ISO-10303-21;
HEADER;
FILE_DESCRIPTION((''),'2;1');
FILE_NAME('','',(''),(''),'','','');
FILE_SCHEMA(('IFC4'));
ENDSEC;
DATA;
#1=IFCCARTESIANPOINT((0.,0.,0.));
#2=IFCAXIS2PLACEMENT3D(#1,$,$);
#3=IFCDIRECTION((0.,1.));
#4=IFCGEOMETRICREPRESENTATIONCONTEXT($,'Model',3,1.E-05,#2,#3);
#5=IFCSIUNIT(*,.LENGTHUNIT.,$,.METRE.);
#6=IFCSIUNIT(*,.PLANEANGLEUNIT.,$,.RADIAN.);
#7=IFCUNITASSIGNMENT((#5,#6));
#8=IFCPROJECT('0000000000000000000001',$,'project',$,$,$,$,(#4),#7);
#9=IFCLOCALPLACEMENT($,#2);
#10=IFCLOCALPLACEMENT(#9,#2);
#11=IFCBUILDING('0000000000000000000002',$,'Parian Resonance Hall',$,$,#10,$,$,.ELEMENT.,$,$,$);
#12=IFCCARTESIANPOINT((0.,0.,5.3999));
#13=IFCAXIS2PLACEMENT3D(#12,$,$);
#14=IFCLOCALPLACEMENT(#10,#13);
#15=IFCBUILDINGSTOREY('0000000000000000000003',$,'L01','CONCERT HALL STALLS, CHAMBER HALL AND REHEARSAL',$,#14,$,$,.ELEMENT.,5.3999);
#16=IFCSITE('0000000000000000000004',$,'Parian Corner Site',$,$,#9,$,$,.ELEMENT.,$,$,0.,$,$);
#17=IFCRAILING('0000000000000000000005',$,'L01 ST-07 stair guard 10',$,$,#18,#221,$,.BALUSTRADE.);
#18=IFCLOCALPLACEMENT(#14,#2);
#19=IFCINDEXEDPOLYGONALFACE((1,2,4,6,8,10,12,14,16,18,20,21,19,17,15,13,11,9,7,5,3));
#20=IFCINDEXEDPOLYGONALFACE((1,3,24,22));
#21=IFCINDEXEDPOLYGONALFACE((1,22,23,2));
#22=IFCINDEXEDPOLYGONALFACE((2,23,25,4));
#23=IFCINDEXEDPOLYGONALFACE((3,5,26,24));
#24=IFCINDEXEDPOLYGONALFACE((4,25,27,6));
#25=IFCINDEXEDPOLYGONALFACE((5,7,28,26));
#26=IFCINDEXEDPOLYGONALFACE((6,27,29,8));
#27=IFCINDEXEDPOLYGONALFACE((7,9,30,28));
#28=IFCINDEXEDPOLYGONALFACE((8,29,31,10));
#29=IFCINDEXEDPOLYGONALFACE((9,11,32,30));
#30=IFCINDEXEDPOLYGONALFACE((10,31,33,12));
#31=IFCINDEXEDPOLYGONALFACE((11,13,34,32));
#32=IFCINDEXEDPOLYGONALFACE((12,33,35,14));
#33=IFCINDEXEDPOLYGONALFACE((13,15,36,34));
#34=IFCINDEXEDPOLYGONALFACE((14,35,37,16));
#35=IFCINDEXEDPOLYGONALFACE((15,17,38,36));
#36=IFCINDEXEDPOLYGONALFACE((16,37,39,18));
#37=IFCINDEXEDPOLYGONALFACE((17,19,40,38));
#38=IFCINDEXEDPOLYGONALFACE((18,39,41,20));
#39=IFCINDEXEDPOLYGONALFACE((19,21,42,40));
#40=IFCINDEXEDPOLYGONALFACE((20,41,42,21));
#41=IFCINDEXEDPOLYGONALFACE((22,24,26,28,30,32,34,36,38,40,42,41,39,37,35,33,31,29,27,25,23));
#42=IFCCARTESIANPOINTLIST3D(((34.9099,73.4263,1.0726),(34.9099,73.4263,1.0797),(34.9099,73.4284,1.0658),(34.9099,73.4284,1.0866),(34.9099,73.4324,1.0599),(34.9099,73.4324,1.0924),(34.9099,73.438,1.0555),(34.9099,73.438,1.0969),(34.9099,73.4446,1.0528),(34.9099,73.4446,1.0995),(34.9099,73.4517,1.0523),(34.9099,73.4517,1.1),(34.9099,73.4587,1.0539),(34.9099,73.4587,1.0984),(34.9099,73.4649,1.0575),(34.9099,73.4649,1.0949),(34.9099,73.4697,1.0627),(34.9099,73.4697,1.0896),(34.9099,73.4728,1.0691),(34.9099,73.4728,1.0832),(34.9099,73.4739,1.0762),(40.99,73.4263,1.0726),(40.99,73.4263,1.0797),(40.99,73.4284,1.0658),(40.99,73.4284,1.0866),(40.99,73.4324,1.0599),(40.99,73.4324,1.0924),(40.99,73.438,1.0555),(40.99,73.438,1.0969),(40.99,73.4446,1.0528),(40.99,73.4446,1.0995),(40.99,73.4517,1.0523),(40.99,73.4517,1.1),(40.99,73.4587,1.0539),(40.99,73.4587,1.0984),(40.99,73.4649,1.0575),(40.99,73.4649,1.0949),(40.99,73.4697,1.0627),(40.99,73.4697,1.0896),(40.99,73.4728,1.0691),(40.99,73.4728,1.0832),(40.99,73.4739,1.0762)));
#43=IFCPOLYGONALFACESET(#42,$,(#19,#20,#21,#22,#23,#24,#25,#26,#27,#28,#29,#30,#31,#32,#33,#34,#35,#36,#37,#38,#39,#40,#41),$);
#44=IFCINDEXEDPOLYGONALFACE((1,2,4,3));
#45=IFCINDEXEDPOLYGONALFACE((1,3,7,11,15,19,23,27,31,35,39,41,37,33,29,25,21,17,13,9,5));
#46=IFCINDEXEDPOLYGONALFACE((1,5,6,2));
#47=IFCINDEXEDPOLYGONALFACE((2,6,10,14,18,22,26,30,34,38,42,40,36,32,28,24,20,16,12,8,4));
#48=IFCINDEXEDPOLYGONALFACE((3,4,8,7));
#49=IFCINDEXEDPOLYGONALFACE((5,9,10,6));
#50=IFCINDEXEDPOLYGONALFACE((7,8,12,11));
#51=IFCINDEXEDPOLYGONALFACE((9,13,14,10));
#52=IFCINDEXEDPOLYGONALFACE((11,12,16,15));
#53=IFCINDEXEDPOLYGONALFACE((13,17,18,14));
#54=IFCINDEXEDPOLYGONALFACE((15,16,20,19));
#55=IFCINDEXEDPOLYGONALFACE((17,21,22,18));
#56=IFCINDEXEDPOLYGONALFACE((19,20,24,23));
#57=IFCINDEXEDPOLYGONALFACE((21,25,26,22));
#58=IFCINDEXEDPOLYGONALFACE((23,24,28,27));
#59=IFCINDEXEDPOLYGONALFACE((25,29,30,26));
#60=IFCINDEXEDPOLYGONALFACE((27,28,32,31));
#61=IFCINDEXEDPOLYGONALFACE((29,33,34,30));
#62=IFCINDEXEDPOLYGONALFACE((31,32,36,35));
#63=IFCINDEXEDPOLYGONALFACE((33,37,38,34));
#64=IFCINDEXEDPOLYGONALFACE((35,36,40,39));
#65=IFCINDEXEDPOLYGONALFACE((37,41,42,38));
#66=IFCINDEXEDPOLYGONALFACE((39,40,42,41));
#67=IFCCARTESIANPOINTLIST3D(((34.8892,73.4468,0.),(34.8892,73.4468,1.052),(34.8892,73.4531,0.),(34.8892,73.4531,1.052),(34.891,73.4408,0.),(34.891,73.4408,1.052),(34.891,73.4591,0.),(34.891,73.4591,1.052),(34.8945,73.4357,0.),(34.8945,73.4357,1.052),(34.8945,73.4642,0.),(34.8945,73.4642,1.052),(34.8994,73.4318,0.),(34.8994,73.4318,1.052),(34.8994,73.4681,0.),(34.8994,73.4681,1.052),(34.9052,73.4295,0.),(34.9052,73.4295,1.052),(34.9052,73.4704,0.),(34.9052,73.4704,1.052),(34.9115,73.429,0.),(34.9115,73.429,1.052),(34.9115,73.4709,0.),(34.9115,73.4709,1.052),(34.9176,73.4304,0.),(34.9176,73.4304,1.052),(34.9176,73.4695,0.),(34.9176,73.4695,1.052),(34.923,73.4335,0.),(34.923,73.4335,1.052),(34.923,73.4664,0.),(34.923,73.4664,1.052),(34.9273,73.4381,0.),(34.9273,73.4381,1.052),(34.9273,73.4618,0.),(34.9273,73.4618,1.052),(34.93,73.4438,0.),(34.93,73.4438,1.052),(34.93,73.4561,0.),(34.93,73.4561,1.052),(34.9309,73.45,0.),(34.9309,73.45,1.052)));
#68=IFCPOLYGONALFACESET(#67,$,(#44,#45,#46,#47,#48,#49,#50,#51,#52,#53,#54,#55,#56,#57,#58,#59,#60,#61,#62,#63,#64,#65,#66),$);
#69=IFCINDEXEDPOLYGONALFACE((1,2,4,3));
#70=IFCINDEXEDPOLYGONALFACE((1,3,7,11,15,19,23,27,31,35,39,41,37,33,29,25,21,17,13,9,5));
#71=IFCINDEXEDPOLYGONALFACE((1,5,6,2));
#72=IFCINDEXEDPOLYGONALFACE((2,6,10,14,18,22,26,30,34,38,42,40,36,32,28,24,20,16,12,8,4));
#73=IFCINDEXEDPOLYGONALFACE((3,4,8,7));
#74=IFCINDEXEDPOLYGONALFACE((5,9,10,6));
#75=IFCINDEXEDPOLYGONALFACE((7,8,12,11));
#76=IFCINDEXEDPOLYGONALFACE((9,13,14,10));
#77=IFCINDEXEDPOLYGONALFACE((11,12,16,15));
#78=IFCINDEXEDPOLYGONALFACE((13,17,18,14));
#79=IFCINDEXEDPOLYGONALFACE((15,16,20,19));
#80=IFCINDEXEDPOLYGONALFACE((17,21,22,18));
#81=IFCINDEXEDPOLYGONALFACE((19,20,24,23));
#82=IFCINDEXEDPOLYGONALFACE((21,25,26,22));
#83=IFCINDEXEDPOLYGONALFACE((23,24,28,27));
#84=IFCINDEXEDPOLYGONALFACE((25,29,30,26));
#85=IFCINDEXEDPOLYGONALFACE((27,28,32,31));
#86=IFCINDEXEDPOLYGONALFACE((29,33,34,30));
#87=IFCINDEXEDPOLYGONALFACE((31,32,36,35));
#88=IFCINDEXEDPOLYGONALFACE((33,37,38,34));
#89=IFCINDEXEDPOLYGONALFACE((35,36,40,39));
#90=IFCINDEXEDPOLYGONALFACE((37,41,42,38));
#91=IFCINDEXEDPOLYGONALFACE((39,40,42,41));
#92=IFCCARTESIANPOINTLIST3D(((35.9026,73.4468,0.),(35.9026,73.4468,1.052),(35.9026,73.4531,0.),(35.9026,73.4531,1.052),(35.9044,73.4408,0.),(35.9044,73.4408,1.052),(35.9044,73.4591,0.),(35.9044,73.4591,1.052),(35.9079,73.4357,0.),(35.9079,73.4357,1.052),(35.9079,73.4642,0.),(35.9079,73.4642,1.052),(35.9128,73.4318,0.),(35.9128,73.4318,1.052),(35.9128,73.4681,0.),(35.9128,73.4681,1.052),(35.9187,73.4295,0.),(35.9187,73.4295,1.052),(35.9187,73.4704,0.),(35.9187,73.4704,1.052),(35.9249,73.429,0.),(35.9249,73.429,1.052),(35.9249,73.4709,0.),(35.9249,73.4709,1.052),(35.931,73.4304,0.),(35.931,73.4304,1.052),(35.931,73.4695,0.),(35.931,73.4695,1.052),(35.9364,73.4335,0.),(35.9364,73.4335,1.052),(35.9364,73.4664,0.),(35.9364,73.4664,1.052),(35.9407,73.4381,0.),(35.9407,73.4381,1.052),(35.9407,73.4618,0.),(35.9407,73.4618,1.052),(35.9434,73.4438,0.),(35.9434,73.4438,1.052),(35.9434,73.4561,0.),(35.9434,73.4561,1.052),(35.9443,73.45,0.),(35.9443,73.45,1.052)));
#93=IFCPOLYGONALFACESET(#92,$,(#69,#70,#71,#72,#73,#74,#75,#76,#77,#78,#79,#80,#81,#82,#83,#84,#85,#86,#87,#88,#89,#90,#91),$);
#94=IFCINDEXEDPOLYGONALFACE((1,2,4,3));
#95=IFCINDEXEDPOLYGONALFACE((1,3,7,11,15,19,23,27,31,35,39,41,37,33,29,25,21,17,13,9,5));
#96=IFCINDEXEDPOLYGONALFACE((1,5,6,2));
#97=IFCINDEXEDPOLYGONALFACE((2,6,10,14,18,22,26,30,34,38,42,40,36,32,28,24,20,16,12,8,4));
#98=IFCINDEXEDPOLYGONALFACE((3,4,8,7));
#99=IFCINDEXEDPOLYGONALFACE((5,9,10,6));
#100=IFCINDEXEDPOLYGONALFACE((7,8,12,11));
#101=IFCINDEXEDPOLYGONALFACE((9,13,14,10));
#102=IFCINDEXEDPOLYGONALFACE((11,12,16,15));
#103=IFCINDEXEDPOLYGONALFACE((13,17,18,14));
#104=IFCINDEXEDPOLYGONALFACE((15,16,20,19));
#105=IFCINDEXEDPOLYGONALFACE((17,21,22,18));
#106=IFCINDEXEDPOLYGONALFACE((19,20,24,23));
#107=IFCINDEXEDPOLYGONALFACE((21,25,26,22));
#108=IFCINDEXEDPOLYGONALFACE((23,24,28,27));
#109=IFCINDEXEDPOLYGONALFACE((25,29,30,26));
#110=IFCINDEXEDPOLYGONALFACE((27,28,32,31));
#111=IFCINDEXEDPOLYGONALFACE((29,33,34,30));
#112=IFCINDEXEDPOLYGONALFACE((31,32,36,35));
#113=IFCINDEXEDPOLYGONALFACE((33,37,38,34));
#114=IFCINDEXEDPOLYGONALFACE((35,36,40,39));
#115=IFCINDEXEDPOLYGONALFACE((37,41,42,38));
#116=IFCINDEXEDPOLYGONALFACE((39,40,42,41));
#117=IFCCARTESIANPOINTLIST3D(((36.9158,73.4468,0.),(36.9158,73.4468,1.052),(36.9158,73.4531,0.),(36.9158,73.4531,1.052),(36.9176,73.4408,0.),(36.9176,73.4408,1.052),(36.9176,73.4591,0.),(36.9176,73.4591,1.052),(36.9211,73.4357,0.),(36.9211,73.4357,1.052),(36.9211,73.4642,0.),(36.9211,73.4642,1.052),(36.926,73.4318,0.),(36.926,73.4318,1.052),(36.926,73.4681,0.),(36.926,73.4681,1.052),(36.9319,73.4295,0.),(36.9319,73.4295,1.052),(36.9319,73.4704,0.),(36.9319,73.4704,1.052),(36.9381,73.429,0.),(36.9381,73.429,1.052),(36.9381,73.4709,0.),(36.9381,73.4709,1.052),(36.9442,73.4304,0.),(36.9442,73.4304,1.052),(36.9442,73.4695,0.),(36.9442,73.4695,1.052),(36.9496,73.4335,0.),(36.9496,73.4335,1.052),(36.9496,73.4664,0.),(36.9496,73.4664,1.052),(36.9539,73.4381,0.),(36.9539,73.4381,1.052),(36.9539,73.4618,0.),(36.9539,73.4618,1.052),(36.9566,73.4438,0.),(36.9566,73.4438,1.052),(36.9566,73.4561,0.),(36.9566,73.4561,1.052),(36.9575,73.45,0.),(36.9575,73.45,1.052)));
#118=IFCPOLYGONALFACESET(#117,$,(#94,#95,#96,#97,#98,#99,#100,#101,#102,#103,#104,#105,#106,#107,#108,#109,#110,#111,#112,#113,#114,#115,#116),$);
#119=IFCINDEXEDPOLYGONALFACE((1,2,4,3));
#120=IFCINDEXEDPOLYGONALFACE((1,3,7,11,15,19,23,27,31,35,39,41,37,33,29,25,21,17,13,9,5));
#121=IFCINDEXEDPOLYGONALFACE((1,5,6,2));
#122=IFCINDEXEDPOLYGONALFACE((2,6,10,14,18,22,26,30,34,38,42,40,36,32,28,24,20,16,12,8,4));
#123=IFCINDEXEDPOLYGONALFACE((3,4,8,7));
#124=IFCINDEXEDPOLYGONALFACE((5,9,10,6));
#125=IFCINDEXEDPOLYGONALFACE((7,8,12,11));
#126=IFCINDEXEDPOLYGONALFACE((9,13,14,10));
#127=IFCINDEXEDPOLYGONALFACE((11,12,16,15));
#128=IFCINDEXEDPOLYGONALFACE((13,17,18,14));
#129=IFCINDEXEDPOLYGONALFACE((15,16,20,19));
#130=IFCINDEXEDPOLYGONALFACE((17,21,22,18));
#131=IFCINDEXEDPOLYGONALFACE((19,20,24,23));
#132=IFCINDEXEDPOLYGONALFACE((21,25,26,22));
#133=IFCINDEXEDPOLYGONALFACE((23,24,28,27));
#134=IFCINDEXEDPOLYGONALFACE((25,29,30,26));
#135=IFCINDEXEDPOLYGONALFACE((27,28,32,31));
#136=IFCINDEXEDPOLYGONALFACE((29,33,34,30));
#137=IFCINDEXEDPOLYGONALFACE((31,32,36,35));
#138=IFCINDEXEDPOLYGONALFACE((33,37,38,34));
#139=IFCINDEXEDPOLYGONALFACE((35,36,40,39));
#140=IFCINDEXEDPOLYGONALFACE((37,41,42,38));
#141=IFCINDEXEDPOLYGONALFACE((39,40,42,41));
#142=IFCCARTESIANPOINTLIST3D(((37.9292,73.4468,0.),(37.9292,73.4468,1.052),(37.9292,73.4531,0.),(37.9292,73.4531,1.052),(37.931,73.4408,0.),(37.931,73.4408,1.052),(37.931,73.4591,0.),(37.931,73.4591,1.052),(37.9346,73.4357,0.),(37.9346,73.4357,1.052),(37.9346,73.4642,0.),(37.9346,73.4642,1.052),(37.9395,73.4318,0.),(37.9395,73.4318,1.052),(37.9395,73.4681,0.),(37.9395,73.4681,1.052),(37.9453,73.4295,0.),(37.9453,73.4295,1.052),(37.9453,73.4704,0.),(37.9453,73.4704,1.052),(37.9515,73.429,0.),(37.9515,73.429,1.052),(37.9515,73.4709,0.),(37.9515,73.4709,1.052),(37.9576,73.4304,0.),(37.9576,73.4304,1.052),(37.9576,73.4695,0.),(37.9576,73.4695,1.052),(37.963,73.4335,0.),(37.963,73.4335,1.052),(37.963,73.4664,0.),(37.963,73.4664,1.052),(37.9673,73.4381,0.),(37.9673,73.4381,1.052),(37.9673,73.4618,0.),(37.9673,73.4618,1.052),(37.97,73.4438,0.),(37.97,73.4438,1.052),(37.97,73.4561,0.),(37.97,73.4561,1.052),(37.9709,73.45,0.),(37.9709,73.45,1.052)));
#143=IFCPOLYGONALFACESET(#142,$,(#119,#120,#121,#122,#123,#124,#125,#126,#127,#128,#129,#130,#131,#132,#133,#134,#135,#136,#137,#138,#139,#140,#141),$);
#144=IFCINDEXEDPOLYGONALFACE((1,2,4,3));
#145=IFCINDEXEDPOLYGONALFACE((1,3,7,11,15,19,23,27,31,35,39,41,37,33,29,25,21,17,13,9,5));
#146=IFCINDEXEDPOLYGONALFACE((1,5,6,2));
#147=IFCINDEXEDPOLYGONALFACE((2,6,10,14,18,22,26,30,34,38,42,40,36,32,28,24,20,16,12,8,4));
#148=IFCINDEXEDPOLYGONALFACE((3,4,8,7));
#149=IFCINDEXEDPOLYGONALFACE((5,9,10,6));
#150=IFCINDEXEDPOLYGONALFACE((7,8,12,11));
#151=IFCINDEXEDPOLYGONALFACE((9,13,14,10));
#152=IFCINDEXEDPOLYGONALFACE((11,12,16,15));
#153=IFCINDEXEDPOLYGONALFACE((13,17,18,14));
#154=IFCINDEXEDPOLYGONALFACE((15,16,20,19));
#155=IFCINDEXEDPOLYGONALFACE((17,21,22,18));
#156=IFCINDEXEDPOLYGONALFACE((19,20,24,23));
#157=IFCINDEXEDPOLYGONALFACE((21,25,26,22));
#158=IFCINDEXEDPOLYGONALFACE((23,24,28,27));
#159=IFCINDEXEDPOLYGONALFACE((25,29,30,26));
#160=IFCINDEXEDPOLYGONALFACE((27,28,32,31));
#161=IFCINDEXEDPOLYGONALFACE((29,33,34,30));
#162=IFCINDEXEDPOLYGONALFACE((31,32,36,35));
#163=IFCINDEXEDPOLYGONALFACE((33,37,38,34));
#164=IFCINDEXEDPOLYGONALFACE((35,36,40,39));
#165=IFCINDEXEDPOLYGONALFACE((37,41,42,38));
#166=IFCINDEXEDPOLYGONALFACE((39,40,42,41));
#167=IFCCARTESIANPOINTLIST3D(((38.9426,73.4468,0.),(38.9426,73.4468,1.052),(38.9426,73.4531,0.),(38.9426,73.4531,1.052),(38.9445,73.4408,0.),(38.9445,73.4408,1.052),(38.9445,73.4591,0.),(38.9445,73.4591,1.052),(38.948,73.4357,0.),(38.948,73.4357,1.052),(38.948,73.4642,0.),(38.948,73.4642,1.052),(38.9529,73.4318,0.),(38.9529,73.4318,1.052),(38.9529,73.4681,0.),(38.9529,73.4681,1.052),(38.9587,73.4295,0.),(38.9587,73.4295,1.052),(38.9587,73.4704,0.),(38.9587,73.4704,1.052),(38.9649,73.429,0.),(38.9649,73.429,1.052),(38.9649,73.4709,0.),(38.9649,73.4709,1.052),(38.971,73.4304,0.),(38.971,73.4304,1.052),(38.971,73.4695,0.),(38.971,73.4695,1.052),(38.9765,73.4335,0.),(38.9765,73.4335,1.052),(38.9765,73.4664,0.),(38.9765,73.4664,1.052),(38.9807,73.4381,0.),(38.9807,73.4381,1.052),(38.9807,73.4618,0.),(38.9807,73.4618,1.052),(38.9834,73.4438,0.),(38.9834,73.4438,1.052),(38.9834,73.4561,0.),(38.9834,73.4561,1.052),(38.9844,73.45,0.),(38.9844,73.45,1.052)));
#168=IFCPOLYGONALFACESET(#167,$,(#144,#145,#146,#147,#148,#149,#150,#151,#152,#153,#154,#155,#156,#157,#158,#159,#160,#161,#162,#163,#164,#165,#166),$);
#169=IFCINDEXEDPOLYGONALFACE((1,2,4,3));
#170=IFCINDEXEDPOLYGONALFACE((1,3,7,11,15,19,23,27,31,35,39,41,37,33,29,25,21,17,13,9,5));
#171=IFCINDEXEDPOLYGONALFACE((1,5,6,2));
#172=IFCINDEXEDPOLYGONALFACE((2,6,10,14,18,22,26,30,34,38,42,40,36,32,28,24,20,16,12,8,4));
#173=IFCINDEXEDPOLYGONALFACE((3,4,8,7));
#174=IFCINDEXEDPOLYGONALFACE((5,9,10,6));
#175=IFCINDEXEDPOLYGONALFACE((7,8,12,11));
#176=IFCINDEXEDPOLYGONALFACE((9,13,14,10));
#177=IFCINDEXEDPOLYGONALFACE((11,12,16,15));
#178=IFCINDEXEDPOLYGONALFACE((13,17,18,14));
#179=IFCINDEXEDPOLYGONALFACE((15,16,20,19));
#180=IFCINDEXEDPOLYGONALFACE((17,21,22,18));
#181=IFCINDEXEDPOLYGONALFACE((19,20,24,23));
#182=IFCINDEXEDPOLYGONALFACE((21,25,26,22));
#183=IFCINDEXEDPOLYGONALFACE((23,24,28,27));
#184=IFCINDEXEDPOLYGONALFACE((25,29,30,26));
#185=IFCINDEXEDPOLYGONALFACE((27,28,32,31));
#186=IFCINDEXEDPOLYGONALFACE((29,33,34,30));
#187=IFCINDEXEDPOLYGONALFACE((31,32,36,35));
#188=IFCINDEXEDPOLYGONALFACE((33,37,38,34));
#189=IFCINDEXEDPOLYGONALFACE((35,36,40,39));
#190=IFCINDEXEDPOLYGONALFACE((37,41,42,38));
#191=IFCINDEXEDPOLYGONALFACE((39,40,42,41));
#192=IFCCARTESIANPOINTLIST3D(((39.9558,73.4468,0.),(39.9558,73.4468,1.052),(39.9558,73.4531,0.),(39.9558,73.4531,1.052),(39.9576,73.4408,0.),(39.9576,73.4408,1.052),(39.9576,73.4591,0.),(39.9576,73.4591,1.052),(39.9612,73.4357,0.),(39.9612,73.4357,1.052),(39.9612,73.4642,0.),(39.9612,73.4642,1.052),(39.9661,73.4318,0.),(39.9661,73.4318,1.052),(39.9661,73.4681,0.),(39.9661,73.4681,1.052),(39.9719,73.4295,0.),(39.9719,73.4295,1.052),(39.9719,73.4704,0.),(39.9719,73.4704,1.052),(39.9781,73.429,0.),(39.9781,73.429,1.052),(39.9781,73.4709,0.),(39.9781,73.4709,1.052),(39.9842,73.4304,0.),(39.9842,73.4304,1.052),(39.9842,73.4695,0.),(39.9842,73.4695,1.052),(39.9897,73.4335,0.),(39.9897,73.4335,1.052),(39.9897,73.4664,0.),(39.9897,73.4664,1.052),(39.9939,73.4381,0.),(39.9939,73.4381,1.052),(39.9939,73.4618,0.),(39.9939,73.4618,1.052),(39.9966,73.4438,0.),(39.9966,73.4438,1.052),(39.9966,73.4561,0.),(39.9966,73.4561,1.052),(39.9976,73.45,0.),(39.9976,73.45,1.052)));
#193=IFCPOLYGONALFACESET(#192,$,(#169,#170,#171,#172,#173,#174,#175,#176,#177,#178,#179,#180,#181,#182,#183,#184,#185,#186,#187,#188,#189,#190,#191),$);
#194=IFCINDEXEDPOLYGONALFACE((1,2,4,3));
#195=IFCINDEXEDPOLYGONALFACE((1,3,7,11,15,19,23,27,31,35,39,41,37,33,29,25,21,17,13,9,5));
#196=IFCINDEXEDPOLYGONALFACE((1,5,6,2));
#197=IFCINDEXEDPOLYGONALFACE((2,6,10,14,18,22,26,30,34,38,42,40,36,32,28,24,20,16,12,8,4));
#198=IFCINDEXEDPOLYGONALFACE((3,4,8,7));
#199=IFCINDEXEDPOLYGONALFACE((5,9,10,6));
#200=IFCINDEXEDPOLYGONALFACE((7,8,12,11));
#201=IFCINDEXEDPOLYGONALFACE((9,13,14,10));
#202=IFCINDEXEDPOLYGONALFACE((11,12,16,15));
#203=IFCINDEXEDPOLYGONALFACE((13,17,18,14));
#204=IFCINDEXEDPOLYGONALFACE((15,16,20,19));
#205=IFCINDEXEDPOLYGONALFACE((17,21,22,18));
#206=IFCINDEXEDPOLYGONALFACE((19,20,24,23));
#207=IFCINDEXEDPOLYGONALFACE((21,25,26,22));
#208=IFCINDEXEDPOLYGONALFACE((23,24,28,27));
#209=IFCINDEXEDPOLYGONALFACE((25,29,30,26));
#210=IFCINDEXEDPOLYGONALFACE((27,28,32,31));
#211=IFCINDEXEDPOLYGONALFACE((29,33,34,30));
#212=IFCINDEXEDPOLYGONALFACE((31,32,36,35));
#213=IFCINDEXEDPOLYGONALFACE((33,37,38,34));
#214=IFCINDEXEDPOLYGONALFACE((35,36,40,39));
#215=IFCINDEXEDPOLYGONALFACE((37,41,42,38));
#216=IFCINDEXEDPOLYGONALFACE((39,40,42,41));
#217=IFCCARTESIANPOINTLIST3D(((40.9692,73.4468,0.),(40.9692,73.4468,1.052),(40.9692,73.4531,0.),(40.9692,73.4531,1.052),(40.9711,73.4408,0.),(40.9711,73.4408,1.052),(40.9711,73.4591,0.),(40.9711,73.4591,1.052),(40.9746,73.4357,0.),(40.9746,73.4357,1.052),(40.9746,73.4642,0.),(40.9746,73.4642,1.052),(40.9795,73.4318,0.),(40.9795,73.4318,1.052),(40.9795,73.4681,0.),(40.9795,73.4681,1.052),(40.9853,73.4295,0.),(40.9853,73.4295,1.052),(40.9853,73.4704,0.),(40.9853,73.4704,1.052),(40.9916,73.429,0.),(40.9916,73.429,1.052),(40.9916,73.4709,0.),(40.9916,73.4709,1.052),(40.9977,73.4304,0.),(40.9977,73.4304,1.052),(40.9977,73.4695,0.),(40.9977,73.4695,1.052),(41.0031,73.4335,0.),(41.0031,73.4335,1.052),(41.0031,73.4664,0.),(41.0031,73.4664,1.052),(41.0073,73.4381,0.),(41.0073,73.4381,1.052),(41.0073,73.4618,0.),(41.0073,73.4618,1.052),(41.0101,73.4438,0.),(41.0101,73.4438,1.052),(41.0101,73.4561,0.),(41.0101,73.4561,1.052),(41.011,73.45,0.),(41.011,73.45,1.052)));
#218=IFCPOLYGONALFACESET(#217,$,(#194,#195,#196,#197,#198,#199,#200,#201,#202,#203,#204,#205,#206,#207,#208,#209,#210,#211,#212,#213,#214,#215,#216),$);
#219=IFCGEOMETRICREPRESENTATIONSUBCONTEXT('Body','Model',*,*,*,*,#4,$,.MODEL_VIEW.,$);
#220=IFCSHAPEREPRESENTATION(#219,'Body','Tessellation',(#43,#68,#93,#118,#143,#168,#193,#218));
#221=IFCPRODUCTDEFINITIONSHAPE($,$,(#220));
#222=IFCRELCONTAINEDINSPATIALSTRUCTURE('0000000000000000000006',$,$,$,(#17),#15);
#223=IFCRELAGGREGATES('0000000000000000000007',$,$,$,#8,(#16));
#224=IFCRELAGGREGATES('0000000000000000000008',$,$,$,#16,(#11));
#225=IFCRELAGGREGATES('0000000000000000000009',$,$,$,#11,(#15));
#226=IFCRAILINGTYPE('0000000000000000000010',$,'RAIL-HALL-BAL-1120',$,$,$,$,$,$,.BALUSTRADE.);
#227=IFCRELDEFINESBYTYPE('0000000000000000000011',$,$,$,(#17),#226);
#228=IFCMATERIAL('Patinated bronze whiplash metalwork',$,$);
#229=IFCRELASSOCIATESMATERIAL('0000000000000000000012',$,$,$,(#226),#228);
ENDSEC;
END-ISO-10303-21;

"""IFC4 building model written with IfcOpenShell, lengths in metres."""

from ifc_helpers import new_model, si_unit, direction, frame, origin, origin_2d, place, context, subcontext, project, spatial, circle, extrude, material, type_object, element, save


model = new_model("IFC4")

# Units and contexts
model_context = context("Model", 3, precision=1e-05, world=origin(), true_north=direction((0.0, 1.0)))
body_context = subcontext(model_context, "Body", "Model", "MODEL_VIEW")
ifc_project = project(units=[si_unit("LENGTHUNIT", "METRE"), si_unit("PLANEANGLEUNIT", "RADIAN")], contexts=[model_context])

# Site, building, storey
site_placement = place(None, origin())
site = spatial("IfcSite", under=ifc_project, at=site_placement, Name="Parian Corner Site", CompositionType="ELEMENT", RefElevation=0.0)
building_placement = place(site_placement, origin())
building = spatial("IfcBuilding", under=site, at=building_placement, Name="Parian Resonance Hall", CompositionType="ELEMENT")
storey_placement = place(building_placement, frame((0.0, 0.0, 5.3999)))
storey = spatial("IfcBuildingStorey", under=building, at=storey_placement, Name="L01", Description="CONCERT HALL STALLS, CHAMBER HALL AND REHEARSAL", CompositionType="ELEMENT", Elevation=5.3999)

# Railing
ifc_material_1 = material(Name="Patinated bronze whiplash metalwork")
railing_type_1 = type_object("IfcRailingType", Name="RAIL-HALL-BAL-1120", PredefinedType="BALUSTRADE", material=ifc_material_1)
railing_1_placement = place(storey_placement, frame((34.9099, 73.45, 0.0)))
element("IfcRailing", 1, at=railing_1_placement, inside=storey, type_object=railing_type_1, Name="L01 ST-07 stair guard 10", PredefinedType="BALUSTRADE", context=body_context, shape_type="SweptSolid", body=[
    extrude(circle(Radius=0.0239, at=origin_2d()), frame((0.0, 0.0, 1.0762), z_axis=(1.0, 0.0, 0.0), x_axis=(0.0, 1.0, 0.0)), (0.0, 0.0, 1.0), 6.0801),
    extrude(circle(Radius=0.021, at=origin_2d()), origin(), (0.0, 0.0, 1.0), 1.052),
    extrude(circle(Radius=0.021, at=origin_2d()), frame((1.0134, 0.0, 0.0)), (0.0, 0.0, 1.0), 1.052),
    extrude(circle(Radius=0.021, at=origin_2d()), frame((2.0266, 0.0, 0.0)), (0.0, 0.0, 1.0), 1.052),
    extrude(circle(Radius=0.021, at=origin_2d()), frame((3.04, 0.0, 0.0)), (0.0, 0.0, 1.0), 1.052),
    extrude(circle(Radius=0.021, at=origin_2d()), frame((4.0535, 0.0, 0.0)), (0.0, 0.0, 1.0), 1.052),
    extrude(circle(Radius=0.021, at=origin_2d()), frame((5.0667, 0.0, 0.0)), (0.0, 0.0, 1.0), 1.052),
    extrude(circle(Radius=0.021, at=origin_2d()), frame((6.0801, 0.0, 0.0)), (0.0, 0.0, 1.0), 1.052),
])

save(model, "model.ifc")
